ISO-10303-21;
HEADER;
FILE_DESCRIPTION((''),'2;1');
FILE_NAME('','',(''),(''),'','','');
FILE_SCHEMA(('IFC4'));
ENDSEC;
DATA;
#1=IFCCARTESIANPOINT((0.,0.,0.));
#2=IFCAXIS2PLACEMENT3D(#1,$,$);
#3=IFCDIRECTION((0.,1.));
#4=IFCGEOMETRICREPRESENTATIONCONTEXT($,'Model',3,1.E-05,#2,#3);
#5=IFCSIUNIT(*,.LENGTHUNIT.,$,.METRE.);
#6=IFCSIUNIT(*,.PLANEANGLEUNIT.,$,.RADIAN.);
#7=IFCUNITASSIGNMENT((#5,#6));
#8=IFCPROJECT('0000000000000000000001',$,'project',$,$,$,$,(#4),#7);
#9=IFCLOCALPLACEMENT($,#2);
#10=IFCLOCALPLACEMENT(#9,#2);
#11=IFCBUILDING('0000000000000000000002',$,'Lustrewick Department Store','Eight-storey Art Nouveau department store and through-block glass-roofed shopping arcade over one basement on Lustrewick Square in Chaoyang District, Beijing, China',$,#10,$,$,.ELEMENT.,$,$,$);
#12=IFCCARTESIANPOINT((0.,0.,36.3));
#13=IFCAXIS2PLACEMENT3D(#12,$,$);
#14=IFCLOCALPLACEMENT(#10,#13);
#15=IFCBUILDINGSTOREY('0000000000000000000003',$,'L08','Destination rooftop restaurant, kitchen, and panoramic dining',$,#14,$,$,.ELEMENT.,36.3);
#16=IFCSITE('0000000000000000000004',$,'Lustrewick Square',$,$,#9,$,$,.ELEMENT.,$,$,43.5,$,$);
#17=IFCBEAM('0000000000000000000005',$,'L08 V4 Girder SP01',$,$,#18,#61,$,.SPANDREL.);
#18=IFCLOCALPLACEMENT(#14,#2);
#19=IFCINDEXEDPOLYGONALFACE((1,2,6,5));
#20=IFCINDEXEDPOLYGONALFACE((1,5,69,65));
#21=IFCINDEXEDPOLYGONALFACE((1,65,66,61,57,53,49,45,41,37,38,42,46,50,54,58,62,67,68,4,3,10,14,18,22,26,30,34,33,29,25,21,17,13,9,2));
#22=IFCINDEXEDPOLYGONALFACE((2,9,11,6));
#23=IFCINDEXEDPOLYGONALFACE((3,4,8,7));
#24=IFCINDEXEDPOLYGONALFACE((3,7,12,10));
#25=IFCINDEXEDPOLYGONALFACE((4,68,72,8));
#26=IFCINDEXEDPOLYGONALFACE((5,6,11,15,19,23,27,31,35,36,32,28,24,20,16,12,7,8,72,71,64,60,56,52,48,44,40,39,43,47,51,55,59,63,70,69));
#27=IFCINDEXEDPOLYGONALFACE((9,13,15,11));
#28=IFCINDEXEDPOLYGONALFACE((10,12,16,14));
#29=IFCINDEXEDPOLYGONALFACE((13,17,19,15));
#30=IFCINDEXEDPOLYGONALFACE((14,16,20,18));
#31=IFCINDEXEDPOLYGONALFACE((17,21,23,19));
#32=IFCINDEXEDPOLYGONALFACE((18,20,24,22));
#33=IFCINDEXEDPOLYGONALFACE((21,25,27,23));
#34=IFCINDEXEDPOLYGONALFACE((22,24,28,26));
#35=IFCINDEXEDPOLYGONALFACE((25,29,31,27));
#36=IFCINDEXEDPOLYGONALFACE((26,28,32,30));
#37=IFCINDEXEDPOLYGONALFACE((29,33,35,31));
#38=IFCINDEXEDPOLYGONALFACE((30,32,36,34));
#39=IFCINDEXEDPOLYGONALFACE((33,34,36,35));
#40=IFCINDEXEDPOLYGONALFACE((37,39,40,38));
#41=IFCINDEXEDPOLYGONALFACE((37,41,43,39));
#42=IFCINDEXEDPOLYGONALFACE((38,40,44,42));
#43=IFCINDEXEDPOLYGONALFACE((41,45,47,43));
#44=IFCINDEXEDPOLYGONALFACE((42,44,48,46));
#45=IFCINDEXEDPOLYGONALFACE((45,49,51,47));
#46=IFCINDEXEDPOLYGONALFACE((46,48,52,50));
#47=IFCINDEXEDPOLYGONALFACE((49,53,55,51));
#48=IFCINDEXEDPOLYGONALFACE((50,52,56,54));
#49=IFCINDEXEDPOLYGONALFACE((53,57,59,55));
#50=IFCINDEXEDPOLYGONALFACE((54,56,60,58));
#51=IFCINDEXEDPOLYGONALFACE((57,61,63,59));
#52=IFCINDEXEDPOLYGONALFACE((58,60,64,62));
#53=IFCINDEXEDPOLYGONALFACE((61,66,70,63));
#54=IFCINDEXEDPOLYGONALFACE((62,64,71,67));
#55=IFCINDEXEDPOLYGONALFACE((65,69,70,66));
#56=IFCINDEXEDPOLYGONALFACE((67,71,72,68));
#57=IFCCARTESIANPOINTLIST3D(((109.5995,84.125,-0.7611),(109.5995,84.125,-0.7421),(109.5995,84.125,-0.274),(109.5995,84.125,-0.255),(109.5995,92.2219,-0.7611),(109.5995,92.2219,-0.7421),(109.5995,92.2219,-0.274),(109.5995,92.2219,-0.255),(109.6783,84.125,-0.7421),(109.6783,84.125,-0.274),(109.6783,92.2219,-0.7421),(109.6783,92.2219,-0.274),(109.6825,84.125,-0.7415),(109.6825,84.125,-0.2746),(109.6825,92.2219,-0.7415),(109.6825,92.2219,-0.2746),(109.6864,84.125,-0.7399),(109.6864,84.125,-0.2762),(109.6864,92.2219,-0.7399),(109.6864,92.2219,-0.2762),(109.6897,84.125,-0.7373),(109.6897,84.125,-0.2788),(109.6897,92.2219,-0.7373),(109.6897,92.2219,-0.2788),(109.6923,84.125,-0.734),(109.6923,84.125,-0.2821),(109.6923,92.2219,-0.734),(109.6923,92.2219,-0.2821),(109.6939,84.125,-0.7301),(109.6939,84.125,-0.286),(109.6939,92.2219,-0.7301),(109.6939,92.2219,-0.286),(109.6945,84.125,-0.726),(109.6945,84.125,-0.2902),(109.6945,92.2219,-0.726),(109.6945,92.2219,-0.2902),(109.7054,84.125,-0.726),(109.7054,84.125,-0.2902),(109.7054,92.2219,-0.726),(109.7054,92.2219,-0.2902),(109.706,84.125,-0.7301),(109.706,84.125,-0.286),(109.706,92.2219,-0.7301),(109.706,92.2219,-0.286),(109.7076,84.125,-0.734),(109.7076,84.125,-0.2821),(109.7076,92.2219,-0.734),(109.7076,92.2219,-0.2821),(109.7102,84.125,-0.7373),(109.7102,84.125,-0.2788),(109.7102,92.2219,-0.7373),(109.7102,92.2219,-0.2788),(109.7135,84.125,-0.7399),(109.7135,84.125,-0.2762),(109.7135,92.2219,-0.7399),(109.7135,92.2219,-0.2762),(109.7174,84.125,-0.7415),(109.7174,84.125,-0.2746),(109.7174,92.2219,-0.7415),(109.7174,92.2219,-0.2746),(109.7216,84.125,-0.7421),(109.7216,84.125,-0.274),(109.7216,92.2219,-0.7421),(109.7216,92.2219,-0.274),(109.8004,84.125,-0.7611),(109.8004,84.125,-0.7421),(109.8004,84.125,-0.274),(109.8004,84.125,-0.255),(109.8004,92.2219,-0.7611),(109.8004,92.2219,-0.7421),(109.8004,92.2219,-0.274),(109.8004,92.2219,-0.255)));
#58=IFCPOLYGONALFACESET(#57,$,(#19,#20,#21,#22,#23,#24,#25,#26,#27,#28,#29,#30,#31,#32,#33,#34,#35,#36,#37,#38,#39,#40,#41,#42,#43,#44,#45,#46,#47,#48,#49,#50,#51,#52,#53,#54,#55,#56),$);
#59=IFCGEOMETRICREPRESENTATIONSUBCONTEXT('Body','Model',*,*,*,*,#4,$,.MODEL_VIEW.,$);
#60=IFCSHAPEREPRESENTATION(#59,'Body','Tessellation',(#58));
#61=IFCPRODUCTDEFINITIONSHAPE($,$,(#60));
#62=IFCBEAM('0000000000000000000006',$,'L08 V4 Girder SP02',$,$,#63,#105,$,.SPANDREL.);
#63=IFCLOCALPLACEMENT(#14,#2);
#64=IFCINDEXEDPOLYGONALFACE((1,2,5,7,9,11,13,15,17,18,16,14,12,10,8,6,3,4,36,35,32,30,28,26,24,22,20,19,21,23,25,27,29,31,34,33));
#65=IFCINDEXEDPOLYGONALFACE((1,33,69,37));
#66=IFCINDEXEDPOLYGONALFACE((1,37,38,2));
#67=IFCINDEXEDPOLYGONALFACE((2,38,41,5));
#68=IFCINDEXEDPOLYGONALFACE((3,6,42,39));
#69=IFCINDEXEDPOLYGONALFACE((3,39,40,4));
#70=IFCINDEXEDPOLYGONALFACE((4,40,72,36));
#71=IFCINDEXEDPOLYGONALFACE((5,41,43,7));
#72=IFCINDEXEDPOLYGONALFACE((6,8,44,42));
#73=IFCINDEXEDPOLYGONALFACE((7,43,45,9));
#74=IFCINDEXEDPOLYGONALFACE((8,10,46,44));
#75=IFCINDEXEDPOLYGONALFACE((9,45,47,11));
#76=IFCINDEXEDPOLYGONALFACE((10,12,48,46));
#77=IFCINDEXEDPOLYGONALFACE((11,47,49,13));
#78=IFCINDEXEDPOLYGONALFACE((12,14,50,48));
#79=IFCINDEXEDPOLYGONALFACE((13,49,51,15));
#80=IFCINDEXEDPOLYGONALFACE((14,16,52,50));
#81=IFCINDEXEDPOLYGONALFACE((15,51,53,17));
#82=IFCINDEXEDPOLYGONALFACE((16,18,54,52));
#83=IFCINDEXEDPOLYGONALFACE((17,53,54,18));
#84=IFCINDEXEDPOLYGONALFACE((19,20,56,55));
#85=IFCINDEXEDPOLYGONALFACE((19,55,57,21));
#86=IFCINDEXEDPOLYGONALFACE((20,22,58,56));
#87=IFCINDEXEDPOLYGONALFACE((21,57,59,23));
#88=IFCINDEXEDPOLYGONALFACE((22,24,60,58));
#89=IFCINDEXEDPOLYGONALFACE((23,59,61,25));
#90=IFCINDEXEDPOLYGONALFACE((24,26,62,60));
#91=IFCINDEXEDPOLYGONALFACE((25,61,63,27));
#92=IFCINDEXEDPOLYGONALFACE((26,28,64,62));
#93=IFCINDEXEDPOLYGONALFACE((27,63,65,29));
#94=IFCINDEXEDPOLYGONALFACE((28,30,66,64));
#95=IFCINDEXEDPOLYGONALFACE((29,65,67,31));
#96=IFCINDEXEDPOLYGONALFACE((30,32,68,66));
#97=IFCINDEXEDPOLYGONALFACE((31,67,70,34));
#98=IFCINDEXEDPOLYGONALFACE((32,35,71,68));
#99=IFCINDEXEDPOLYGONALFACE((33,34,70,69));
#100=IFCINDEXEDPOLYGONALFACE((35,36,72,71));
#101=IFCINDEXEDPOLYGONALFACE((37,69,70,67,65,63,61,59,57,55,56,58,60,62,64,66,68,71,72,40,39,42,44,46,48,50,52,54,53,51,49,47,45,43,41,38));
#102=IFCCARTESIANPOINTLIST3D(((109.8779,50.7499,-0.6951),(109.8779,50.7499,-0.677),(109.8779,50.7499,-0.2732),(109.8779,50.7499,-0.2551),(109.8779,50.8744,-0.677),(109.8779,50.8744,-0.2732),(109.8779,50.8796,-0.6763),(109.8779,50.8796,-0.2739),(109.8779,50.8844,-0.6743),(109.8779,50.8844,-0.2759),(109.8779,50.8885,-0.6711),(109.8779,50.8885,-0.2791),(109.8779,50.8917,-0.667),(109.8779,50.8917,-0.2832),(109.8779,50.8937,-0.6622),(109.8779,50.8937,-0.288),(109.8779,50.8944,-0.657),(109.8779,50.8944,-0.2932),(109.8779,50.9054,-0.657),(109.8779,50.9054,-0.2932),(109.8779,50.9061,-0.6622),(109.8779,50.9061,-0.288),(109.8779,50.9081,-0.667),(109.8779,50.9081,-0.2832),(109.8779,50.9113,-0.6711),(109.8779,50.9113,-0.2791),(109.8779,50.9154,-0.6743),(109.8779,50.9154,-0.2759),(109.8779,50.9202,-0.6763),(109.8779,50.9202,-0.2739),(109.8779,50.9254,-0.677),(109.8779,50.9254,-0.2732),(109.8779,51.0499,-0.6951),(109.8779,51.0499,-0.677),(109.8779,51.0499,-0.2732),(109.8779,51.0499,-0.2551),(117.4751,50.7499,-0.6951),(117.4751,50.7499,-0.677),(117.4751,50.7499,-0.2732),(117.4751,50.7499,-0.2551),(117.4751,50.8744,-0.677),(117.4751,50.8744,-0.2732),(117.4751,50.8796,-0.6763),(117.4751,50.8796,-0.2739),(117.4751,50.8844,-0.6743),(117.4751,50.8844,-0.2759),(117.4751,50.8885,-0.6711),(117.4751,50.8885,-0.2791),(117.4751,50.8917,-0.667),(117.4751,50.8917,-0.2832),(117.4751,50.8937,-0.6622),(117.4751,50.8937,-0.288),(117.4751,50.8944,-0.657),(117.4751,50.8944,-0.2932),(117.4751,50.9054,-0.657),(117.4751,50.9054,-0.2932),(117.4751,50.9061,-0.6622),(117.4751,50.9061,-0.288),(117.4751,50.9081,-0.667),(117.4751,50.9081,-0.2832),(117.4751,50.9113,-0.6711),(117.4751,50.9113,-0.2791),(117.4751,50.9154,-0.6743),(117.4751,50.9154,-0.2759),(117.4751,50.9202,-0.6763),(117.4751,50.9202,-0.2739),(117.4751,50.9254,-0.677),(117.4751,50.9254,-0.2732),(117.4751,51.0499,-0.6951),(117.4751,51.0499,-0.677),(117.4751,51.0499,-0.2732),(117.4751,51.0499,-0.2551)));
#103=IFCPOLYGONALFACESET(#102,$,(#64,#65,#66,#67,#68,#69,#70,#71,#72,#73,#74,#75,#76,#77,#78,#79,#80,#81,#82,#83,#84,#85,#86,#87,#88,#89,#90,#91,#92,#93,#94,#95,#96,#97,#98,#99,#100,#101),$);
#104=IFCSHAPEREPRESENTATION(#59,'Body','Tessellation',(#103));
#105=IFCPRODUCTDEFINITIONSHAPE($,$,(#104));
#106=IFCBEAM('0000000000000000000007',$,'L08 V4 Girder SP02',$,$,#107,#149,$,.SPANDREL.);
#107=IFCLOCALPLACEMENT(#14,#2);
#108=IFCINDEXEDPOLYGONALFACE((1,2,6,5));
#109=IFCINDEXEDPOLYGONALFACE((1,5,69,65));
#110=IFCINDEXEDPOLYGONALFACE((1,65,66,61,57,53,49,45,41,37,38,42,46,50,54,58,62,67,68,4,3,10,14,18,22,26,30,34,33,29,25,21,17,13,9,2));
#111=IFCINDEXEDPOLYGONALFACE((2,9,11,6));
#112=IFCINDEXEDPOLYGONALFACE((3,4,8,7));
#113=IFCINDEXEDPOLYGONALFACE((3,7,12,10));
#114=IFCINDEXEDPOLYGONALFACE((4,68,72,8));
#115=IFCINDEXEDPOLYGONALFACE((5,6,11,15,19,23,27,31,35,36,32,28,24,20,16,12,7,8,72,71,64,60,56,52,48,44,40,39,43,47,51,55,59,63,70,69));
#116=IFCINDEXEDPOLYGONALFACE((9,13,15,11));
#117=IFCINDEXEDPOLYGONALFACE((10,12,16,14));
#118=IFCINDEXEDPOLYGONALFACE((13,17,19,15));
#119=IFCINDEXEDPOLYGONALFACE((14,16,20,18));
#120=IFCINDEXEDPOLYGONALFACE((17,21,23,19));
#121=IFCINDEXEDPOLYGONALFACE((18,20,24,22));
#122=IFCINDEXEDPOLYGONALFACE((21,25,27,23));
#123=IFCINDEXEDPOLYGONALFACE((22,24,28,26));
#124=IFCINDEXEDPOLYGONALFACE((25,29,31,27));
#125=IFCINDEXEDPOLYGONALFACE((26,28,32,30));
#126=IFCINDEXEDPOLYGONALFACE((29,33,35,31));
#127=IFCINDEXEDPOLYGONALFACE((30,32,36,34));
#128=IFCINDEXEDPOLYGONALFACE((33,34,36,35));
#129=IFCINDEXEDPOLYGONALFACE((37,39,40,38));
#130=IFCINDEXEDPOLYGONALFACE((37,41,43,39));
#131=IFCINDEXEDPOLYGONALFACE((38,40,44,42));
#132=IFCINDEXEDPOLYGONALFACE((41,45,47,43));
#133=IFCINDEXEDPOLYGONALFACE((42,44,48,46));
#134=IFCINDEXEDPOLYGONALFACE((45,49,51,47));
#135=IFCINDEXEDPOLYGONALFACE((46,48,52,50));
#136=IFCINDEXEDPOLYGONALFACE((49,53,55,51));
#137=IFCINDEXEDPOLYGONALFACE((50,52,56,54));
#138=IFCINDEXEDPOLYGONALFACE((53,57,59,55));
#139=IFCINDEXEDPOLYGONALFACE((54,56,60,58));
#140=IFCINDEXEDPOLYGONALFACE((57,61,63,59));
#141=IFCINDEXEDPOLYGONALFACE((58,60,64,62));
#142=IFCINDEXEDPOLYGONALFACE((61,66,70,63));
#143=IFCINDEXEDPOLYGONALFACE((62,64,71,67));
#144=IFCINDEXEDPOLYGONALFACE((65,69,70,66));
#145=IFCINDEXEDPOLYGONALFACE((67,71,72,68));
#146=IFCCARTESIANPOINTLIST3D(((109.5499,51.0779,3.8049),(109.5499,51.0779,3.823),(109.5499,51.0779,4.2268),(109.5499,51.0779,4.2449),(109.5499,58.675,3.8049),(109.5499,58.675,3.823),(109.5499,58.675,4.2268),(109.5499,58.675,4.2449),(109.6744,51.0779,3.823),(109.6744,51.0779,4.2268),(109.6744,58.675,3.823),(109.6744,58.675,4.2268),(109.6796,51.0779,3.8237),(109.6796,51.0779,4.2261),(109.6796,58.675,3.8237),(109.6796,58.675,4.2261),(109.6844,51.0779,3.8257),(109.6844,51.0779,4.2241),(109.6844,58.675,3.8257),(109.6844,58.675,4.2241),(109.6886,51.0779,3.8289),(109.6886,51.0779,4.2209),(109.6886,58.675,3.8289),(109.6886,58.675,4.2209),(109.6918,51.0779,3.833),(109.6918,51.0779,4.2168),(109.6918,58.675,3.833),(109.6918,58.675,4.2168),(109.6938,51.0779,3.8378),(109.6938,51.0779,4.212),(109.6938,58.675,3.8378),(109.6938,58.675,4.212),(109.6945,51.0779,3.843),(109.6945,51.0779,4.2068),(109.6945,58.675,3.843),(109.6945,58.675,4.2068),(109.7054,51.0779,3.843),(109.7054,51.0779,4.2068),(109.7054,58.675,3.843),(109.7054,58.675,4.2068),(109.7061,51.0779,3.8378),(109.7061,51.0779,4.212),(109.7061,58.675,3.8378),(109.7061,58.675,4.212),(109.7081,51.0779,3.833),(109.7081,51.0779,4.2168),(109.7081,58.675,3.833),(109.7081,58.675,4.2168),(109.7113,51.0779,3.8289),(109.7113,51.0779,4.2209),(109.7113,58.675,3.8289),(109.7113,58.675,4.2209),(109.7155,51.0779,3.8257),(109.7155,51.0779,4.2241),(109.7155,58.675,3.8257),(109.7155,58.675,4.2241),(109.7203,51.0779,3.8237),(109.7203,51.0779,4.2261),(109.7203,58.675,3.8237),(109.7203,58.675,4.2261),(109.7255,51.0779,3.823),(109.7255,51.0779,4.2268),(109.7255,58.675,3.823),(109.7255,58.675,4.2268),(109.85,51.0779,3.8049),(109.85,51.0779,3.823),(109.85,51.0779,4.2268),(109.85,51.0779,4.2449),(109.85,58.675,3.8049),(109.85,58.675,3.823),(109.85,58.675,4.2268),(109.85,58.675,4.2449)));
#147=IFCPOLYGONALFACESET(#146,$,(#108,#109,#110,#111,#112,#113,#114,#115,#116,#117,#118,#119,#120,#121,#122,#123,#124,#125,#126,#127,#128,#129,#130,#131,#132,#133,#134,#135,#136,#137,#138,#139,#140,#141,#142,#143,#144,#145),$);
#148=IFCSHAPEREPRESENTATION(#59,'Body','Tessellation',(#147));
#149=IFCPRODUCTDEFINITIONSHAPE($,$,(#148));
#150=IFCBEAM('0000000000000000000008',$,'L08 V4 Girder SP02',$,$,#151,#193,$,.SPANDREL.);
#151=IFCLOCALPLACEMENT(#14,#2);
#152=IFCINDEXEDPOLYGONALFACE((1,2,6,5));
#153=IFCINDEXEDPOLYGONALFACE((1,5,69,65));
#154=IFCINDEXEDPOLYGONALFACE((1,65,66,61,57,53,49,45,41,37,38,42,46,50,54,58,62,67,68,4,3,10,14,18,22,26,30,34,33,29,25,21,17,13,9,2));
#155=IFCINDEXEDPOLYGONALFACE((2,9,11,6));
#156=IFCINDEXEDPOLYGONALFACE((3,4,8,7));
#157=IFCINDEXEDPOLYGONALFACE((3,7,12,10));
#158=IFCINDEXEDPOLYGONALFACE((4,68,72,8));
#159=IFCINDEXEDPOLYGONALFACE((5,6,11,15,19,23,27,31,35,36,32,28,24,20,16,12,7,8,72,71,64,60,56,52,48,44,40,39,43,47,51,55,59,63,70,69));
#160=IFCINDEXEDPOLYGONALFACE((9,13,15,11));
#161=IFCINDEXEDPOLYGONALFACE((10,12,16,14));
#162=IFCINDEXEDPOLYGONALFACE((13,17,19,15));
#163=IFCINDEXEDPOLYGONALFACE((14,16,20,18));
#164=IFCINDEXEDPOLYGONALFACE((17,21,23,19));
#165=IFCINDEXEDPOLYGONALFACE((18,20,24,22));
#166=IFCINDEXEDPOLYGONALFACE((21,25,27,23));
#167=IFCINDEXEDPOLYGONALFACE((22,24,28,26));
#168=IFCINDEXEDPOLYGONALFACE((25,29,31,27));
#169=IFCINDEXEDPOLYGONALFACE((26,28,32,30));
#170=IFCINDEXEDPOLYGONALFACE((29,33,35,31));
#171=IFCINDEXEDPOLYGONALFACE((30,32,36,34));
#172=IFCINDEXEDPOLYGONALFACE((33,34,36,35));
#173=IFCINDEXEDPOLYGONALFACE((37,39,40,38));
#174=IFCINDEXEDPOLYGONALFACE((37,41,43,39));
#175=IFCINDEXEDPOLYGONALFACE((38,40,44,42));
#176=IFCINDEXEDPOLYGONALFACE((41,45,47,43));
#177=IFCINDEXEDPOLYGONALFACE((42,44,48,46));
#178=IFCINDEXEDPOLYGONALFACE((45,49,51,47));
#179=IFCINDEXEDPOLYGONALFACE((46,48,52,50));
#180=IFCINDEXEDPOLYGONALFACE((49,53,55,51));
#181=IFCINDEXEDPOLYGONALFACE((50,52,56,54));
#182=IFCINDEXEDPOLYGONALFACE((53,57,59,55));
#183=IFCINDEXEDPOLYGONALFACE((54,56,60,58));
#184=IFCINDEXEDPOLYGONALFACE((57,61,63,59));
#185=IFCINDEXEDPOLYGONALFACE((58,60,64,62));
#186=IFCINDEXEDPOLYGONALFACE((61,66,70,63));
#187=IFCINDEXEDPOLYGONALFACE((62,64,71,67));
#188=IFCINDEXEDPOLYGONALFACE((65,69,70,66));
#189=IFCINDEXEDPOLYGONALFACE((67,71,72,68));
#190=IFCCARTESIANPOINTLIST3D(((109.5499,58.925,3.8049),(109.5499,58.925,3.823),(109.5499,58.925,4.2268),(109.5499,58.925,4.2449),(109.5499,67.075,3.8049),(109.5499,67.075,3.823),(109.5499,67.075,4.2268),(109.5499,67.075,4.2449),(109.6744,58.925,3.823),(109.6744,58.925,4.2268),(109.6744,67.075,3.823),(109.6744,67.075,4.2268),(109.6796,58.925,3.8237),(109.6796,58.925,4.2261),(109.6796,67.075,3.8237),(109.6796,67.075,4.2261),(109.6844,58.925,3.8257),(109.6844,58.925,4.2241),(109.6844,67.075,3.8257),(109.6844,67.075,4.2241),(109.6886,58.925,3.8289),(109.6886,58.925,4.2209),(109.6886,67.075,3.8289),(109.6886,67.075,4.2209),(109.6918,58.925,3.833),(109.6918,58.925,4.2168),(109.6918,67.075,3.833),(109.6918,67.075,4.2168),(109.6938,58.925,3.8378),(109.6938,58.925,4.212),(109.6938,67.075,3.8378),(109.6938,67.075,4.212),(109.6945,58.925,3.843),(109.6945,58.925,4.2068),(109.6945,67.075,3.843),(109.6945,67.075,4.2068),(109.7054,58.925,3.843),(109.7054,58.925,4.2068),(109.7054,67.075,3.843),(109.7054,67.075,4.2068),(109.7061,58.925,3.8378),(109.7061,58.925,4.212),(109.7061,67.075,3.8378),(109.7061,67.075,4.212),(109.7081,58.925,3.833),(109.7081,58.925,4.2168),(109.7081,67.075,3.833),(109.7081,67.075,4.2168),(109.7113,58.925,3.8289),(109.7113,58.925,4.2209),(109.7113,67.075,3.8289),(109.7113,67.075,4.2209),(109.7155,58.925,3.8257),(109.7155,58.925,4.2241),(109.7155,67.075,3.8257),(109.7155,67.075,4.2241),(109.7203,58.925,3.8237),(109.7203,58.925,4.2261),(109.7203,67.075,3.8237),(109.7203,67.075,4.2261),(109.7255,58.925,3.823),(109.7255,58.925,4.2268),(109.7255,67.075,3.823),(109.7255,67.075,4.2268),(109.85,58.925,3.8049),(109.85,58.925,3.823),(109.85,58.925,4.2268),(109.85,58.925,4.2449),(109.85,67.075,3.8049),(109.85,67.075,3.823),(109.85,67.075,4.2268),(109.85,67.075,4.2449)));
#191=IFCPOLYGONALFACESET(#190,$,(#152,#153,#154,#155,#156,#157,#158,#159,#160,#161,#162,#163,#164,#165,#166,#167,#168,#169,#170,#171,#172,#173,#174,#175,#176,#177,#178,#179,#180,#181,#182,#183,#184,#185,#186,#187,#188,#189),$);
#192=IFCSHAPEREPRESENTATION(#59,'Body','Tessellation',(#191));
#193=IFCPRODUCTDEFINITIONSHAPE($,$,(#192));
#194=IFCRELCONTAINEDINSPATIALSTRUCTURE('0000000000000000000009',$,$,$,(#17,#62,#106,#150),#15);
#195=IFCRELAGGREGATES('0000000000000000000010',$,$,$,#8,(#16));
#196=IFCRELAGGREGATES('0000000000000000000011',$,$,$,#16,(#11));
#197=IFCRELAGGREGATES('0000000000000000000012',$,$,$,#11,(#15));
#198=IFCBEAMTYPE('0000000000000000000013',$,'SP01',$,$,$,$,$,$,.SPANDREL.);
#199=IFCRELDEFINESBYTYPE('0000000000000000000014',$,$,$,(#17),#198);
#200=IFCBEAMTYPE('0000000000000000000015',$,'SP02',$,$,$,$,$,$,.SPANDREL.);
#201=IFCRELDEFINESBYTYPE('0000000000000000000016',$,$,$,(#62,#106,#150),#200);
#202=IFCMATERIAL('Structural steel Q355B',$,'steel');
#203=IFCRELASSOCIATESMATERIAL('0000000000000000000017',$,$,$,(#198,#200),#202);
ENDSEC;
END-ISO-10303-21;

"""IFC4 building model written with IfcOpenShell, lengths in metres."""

from ifc_helpers import new_model, si_unit, direction, frame, origin, origin_2d, place, context, subcontext, project, spatial, i_section, extrude, material, material_profile, profile_set, type_object, element, save


model = new_model("IFC4")

# Units and contexts
model_context = context("Model", 3, precision=1e-05, world=origin(), true_north=direction((0.0, 1.0)))
body_context = subcontext(model_context, "Body", "Model", "MODEL_VIEW")
ifc_project = project(units=[si_unit("LENGTHUNIT", "METRE"), si_unit("PLANEANGLEUNIT", "RADIAN")], contexts=[model_context])

# Site, building, storey
site_placement = place(None, origin())
site = spatial("IfcSite", under=ifc_project, at=site_placement, Name="Lustrewick Square", CompositionType="ELEMENT", RefElevation=43.5)
building_placement = place(site_placement, origin())
building = spatial("IfcBuilding", under=site, at=building_placement, Name="Lustrewick Department Store", Description="Eight-storey Art Nouveau department store and through-block glass-roofed shopping arcade over one basement on Lustrewick Square in Chaoyang District, Beijing, China", CompositionType="ELEMENT")
storey_placement = place(building_placement, frame((0.0, 0.0, 36.3)))
storey = spatial("IfcBuildingStorey", under=building, at=storey_placement, Name="L08", Description="Destination rooftop restaurant, kitchen, and panoramic dining", CompositionType="ELEMENT", Elevation=36.3)

# Shared definitions
ifc_material_1 = material(Name="Structural steel Q355B", Category="steel")

# Beams
ifc_material_profile_1 = material_profile(ifc_material_1, i_section(OverallWidth=0.2009, OverallDepth=0.5061, WebThickness=0.011, FlangeThickness=0.019, FilletRadius=0.0161, at=origin_2d()), Name="HN 506x201x11x19")
ifc_profile_set_1 = profile_set([ifc_material_profile_1], Name="Structural steel Q355B")
beam_type_1 = type_object("IfcBeamType", Name="SP01", PredefinedType="SPANDREL", material=ifc_profile_set_1)
beam_1_placement = place(storey_placement, frame((109.7, 84.125, -0.5081), z_axis=(0.0, 1.0, 0.0), x_axis=(-1.0, 0.0, 0.0)))
element("IfcBeam", 1, at=beam_1_placement, inside=storey, type_object=beam_type_1, Name="L08 V4 Girder SP01", PredefinedType="SPANDREL", context=body_context, shape_type="SweptSolid", body=[
    extrude(i_section(OverallWidth=0.2009, OverallDepth=0.5061, WebThickness=0.011, FlangeThickness=0.019, FilletRadius=0.0161, at=origin_2d()), origin(), (0.0, 0.0, 1.0), 8.0969),
])
ifc_material_profile_2 = material_profile(ifc_material_1, i_section(OverallWidth=0.3, OverallDepth=0.4399, WebThickness=0.011, FlangeThickness=0.0181, FilletRadius=0.02, at=origin_2d()), Name="HM 440x300x11x18")
ifc_profile_set_2 = profile_set([ifc_material_profile_2], Name="Structural steel Q355B")
beam_type_2 = type_object("IfcBeamType", Name="SP02", PredefinedType="SPANDREL", material=ifc_profile_set_2)
for number, where, z_axis, x_axis, name in (
    (2, (109.8779, 50.8999, -0.4751), (1.0, 0.0, 0.0), (0.0, 1.0, 0.0), "L08 V4 Girder SP02"),
    (3, (109.7, 51.0779, 4.0249), (0.0, 1.0, 0.0), (-1.0, 0.0, 0.0), "L08 V4 Girder SP02"),
):
    element("IfcBeam", number, at=place(storey_placement, frame(where, z_axis=z_axis, x_axis=x_axis)), inside=storey, type_object=beam_type_2, Name=name, PredefinedType="SPANDREL", context=body_context, shape_type="SweptSolid", body=[
        extrude(i_section(OverallWidth=0.3, OverallDepth=0.4399, WebThickness=0.011, FlangeThickness=0.0181, FilletRadius=0.02, at=origin_2d()), origin(), (0.0, 0.0, 1.0), 7.5972),
    ])
beam_2_placement = place(storey_placement, frame((109.7, 58.925, 4.0249), z_axis=(0.0, 1.0, 0.0), x_axis=(-1.0, 0.0, 0.0)))
element("IfcBeam", 4, at=beam_2_placement, inside=storey, type_object=beam_type_2, Name="L08 V4 Girder SP02", PredefinedType="SPANDREL", context=body_context, shape_type="SweptSolid", body=[
    extrude(i_section(OverallWidth=0.3, OverallDepth=0.4399, WebThickness=0.011, FlangeThickness=0.0181, FilletRadius=0.02, at=origin_2d()), origin(), (0.0, 0.0, 1.0), 8.1499),
])

save(model, "model.ifc")
